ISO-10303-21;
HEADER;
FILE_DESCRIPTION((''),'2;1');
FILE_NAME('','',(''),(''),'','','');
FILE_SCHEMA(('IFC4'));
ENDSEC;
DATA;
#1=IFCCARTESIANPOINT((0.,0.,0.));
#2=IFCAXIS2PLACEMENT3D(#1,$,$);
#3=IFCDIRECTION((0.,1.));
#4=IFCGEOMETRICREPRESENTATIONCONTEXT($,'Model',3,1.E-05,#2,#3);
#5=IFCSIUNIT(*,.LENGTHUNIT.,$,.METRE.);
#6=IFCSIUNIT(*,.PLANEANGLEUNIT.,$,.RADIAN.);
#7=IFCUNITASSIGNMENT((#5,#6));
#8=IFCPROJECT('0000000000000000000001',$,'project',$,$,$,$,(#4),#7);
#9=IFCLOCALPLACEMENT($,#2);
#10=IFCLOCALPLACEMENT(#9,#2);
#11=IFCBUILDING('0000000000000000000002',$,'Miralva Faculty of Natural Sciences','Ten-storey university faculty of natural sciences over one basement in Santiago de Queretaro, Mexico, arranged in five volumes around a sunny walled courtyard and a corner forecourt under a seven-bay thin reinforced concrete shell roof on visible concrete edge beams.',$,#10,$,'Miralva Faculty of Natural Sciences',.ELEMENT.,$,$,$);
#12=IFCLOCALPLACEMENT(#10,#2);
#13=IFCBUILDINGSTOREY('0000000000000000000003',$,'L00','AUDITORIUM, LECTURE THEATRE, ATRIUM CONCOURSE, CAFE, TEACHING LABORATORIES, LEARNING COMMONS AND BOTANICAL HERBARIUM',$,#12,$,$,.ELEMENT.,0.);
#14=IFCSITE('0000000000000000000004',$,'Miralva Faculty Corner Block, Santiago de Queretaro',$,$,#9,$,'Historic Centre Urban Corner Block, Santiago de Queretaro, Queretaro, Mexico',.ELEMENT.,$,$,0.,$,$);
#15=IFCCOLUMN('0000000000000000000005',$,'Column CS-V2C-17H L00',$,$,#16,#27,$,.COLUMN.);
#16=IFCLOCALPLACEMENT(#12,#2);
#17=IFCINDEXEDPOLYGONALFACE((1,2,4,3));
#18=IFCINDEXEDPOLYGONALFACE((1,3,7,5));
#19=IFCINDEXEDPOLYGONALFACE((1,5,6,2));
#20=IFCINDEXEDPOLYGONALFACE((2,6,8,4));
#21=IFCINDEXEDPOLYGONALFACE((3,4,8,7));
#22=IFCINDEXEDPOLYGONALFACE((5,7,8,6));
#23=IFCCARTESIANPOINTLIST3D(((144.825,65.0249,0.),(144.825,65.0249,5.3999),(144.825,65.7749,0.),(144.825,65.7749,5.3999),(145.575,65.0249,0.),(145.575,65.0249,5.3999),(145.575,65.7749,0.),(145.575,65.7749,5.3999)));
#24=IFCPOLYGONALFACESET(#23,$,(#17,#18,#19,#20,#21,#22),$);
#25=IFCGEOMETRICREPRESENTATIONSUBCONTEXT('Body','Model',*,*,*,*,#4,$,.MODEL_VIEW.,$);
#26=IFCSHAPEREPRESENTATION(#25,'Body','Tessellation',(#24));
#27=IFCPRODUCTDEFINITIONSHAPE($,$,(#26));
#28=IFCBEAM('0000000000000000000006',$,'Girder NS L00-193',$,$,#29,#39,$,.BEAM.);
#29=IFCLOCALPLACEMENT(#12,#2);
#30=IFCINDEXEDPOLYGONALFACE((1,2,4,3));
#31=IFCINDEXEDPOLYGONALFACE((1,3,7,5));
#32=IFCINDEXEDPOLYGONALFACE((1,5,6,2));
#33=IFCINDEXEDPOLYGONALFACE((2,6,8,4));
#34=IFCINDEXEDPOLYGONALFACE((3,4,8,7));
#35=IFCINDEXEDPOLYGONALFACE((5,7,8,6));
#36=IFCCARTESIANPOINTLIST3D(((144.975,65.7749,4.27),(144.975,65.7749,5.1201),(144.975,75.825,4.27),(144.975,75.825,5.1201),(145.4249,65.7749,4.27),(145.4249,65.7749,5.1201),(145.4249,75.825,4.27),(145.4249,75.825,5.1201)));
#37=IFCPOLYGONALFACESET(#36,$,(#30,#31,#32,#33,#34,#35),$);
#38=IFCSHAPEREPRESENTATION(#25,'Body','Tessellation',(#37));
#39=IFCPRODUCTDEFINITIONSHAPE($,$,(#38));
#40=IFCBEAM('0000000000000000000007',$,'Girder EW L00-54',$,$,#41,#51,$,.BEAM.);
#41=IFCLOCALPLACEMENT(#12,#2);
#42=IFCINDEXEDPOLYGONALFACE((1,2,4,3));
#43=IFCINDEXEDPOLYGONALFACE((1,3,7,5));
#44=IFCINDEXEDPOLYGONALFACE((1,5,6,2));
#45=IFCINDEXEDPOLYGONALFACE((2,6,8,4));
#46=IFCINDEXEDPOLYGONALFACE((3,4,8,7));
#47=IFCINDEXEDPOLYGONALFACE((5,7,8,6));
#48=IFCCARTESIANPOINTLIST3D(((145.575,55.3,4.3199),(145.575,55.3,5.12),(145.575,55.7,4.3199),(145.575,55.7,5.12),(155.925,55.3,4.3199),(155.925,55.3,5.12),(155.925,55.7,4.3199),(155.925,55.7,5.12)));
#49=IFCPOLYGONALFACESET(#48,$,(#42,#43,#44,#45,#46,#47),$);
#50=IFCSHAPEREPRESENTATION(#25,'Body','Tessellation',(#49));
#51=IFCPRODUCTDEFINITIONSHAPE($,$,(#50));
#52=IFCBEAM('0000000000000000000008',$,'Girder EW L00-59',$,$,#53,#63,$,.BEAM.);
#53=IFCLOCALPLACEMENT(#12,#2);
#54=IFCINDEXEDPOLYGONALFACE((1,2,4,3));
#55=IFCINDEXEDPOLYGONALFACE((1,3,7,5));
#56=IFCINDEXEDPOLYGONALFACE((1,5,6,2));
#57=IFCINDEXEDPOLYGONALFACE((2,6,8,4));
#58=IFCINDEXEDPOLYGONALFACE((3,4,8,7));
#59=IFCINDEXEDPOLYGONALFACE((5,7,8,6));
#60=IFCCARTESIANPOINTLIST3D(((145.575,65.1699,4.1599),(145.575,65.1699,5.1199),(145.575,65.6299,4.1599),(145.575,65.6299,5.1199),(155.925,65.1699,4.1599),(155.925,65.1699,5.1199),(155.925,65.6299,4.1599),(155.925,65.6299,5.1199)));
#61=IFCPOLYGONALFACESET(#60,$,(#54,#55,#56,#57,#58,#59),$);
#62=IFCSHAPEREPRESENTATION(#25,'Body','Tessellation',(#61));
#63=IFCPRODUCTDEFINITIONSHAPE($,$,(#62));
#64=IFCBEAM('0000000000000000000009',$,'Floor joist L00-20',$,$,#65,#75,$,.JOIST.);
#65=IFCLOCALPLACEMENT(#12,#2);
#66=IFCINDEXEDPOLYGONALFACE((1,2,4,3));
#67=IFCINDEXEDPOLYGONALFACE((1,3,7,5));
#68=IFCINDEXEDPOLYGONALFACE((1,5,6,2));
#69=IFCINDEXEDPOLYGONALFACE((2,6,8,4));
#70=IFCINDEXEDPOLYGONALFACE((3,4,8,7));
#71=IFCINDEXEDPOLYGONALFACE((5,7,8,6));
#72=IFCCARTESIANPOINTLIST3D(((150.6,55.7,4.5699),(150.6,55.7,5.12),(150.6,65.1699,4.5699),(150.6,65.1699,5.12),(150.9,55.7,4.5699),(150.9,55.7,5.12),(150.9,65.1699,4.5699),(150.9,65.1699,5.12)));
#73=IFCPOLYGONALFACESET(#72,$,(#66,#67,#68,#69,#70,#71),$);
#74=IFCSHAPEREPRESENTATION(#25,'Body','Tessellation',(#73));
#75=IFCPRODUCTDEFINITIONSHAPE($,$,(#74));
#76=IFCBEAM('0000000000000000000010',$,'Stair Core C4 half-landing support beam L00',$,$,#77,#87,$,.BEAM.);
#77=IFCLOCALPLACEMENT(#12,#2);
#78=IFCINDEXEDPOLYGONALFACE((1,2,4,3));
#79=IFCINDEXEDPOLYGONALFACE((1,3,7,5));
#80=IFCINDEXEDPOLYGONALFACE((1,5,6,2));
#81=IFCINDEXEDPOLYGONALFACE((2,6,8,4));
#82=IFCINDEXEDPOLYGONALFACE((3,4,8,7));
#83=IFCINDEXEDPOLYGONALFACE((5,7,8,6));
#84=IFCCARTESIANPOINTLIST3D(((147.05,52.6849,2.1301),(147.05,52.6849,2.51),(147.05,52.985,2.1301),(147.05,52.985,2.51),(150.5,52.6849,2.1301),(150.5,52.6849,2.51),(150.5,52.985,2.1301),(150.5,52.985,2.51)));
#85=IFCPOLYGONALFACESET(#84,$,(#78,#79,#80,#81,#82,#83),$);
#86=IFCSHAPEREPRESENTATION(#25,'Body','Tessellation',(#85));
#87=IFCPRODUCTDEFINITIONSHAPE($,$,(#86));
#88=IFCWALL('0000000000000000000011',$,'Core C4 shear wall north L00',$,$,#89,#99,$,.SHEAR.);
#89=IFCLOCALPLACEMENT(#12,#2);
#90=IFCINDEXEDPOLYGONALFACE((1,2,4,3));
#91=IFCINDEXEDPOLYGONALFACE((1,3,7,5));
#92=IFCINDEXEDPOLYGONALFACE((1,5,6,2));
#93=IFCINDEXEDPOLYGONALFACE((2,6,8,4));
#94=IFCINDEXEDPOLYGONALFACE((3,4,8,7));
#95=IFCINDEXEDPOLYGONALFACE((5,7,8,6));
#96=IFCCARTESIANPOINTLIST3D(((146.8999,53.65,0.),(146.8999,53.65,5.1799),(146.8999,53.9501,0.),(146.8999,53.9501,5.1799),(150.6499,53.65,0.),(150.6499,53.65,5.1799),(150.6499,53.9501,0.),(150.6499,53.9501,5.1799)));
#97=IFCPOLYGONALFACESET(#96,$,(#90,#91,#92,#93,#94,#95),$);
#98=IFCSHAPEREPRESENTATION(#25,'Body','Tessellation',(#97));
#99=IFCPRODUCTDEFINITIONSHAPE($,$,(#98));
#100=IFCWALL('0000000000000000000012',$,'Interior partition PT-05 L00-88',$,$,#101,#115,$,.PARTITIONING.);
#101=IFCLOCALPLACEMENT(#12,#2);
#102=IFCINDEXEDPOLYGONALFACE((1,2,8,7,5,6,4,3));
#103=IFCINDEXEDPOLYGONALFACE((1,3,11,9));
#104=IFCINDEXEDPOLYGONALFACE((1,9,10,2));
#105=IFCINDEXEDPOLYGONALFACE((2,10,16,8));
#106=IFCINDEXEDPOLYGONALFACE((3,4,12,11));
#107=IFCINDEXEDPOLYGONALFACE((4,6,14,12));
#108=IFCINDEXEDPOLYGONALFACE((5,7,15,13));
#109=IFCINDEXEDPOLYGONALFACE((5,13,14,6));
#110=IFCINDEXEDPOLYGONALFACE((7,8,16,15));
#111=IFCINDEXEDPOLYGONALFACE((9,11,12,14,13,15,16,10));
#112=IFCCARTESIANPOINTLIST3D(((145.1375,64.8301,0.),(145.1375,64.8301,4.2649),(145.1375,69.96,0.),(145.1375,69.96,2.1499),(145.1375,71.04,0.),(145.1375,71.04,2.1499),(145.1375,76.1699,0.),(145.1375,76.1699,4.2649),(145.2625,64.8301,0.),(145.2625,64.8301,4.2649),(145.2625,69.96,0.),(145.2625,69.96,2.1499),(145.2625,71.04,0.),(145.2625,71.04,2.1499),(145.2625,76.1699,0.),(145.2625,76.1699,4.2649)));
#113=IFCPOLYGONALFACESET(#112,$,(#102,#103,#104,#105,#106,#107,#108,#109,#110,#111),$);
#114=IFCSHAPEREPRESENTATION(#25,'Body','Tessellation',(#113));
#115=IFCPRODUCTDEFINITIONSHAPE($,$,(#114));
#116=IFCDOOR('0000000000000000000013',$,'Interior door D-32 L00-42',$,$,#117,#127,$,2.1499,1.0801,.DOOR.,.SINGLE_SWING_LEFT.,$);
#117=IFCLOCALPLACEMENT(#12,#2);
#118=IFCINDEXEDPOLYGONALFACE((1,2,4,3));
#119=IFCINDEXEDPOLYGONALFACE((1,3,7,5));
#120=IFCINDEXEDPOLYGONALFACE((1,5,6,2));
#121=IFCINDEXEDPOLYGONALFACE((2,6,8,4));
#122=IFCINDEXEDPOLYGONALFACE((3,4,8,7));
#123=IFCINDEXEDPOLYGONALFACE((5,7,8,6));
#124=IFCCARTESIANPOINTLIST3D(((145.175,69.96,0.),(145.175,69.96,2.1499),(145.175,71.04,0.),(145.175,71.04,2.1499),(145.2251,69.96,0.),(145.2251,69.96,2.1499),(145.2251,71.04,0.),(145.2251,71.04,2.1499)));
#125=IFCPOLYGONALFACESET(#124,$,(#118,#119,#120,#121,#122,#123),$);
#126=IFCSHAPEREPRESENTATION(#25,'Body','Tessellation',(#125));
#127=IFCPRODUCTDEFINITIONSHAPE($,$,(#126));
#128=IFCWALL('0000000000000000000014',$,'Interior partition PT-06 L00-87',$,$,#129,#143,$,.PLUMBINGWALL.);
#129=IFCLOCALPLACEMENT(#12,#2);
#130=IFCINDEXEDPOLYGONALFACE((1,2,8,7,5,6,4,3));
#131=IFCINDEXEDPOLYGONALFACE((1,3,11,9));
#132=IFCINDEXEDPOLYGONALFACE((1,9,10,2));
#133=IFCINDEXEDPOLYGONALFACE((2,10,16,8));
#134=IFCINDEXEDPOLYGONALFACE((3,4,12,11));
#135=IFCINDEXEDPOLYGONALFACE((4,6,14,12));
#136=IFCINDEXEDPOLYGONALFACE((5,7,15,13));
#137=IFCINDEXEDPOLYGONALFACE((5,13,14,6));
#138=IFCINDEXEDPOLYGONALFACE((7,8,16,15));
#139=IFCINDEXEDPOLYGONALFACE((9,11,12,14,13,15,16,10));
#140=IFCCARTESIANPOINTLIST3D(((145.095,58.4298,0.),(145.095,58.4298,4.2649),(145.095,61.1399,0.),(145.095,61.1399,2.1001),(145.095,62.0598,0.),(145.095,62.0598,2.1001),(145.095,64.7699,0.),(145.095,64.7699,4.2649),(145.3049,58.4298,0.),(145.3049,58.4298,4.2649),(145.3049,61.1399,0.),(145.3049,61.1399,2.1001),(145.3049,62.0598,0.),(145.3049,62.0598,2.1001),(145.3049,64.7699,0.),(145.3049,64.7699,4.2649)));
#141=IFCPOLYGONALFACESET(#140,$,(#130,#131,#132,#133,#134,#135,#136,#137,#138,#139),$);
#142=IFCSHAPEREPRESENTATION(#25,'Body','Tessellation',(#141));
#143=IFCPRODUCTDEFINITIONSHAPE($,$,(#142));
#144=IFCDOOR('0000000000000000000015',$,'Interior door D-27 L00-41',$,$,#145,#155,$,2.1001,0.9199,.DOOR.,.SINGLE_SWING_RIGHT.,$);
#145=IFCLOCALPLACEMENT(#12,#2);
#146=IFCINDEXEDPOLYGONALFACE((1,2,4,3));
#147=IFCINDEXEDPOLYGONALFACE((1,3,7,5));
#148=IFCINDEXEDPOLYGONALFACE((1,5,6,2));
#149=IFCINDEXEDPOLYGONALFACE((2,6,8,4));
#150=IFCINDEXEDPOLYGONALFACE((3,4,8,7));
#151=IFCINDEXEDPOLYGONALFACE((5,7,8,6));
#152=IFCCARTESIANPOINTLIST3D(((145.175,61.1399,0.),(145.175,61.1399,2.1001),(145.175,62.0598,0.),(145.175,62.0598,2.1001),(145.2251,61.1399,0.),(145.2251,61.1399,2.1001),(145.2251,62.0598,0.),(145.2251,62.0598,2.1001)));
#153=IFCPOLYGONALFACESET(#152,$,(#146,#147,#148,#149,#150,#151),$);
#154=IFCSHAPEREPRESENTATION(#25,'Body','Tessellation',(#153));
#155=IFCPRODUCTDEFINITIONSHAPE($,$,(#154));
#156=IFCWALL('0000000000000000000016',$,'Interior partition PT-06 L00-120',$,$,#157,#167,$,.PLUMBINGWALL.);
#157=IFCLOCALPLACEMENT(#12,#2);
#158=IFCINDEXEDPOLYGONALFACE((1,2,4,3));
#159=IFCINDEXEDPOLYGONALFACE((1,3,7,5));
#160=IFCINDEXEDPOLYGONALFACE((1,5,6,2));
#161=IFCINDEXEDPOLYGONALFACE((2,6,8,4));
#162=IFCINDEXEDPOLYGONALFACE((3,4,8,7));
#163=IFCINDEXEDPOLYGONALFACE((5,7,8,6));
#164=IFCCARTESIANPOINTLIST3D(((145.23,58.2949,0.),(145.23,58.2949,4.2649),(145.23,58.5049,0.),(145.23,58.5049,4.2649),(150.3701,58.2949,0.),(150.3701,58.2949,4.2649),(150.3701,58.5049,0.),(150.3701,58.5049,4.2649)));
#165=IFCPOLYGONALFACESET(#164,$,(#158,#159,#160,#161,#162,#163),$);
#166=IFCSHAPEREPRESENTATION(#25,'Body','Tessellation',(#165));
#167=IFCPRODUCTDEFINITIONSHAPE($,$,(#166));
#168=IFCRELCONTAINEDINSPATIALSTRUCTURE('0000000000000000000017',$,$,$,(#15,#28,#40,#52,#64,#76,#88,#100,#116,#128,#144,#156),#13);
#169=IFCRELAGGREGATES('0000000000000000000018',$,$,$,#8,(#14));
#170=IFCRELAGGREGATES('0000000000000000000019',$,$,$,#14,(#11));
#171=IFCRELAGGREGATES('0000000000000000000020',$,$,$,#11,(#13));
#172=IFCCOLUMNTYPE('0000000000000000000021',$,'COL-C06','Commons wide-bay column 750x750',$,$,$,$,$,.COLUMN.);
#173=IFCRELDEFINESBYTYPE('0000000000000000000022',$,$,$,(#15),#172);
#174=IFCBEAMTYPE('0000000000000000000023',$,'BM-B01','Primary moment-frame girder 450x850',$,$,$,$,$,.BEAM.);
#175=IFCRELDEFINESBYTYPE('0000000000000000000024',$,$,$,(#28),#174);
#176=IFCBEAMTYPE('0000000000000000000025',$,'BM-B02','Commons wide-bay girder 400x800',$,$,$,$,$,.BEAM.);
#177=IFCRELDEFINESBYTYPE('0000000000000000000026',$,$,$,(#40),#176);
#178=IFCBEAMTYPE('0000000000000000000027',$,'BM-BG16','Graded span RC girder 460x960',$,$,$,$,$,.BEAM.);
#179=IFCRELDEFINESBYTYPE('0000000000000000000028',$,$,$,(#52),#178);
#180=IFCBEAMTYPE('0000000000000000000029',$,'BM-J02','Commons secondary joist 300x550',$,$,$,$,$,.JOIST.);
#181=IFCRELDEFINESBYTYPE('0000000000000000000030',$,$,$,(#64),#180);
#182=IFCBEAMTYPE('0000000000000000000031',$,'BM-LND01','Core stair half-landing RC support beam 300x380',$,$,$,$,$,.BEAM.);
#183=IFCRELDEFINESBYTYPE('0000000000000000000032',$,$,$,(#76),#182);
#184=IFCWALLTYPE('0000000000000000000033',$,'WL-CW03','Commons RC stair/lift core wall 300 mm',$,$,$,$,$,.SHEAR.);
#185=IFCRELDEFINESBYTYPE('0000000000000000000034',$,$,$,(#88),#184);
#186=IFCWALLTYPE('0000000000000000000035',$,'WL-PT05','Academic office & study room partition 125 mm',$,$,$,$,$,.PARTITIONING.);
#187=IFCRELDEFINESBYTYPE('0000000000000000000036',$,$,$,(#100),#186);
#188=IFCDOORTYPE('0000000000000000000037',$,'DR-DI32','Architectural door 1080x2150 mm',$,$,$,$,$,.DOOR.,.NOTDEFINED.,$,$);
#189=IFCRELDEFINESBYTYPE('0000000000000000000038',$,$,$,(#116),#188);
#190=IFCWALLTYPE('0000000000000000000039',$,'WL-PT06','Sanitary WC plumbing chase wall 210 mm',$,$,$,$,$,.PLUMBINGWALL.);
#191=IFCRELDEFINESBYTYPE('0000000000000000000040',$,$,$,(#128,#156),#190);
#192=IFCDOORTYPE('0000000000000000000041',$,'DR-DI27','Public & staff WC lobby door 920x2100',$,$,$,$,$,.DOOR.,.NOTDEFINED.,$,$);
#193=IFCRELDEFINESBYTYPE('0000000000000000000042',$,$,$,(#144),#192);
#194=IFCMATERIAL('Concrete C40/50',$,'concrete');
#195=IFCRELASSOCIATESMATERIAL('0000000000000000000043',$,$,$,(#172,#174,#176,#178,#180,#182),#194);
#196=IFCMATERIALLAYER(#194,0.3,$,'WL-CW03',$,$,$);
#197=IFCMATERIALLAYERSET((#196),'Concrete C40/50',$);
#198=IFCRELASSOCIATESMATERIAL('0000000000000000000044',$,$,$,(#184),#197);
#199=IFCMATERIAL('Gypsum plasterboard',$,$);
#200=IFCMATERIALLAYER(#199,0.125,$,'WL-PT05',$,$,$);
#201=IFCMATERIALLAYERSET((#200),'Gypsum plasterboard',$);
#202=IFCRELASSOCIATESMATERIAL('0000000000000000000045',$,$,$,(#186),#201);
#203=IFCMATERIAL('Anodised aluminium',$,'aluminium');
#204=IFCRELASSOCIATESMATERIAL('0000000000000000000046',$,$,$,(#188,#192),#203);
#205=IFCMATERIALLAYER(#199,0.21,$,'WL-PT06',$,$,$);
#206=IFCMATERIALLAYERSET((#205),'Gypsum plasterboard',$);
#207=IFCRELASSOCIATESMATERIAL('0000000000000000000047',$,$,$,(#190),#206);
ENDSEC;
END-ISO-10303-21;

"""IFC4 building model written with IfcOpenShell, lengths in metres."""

from ifc_helpers import new_model, si_unit, direction, frame, frame_2d, origin, origin_2d, place, context, subcontext, project, spatial, rectangle, extrude, material, layer, layer_set, material_profile, profile_set, type_object, element, fill, save


model = new_model("IFC4")

# Units and contexts
model_context = context("Model", 3, precision=1e-05, world=origin(), true_north=direction((0.0, 1.0)))
body_context = subcontext(model_context, "Body", "Model", "MODEL_VIEW")
ifc_project = project(units=[si_unit("LENGTHUNIT", "METRE"), si_unit("PLANEANGLEUNIT", "RADIAN")], contexts=[model_context])

# Site, building, storey
site_placement = place(None, origin())
site = spatial("IfcSite", under=ifc_project, at=site_placement, Name="Miralva Faculty Corner Block, Santiago de Queretaro", LongName="Historic Centre Urban Corner Block, Santiago de Queretaro, Queretaro, Mexico", CompositionType="ELEMENT", RefElevation=0.0)
building_placement = place(site_placement, origin())
building = spatial("IfcBuilding", under=site, at=building_placement, Name="Miralva Faculty of Natural Sciences", Description="Ten-storey university faculty of natural sciences over one basement in Santiago de Queretaro, Mexico, arranged in five volumes around a sunny walled courtyard and a corner forecourt under a seven-bay thin reinforced concrete shell roof on visible concrete edge beams.", LongName="Miralva Faculty of Natural Sciences", CompositionType="ELEMENT")
storey_placement = place(building_placement, origin())
storey = spatial("IfcBuildingStorey", under=building, at=storey_placement, Name="L00", Description="AUDITORIUM, LECTURE THEATRE, ATRIUM CONCOURSE, CAFE, TEACHING LABORATORIES, LEARNING COMMONS AND BOTANICAL HERBARIUM", CompositionType="ELEMENT", Elevation=0.0)

# Column
ifc_material_1 = material(Name="Concrete C40/50", Category="concrete")
ifc_material_profile_1 = material_profile(ifc_material_1, rectangle(XDim=0.75, YDim=0.75, at=origin_2d()), Name="RC 750x750")
ifc_profile_set_1 = profile_set([ifc_material_profile_1], Name="Concrete C40/50")
column_type = type_object("IfcColumnType", Name="COL-C06", Description="Commons wide-bay column 750x750", PredefinedType="COLUMN", material=ifc_profile_set_1)
column_placement = place(storey_placement, frame((145.2, 65.3999, 0.0), z_axis=(0.0, 0.0, 1.0), x_axis=(1.0, 0.0, 0.0)))
element("IfcColumn", 1, at=column_placement, inside=storey, type_object=column_type, Name="Column CS-V2C-17H L00", PredefinedType="COLUMN", context=body_context, shape_type="SweptSolid", body=[
    extrude(rectangle(XDim=0.75, YDim=0.75, at=origin_2d()), origin(), (0.0, 0.0, 1.0), 5.3999),
])

# Beams
ifc_material_profile_2 = material_profile(ifc_material_1, rectangle(XDim=0.45, YDim=0.8501, at=origin_2d()), Name="RC 450x850")
ifc_profile_set_2 = profile_set([ifc_material_profile_2], Name="Concrete C40/50")
beam_type_1 = type_object("IfcBeamType", Name="BM-B01", Description="Primary moment-frame girder 450x850", PredefinedType="BEAM", material=ifc_profile_set_2)
beam_1_placement = place(storey_placement, frame((145.2, 65.7749, 4.6951), z_axis=(0.0, 1.0, 0.0), x_axis=(-1.0, 0.0, 0.0)))
element("IfcBeam", 2, at=beam_1_placement, inside=storey, type_object=beam_type_1, Name="Girder NS L00-193", PredefinedType="BEAM", context=body_context, shape_type="SweptSolid", body=[
    extrude(rectangle(XDim=0.45, YDim=0.8501, at=origin_2d()), origin(), (0.0, 0.0, 1.0), 10.05),
])
ifc_material_profile_3 = material_profile(ifc_material_1, rectangle(XDim=0.3999, YDim=0.8, at=origin_2d()), Name="RC 400x800")
ifc_profile_set_3 = profile_set([ifc_material_profile_3], Name="Concrete C40/50")
beam_type_2 = type_object("IfcBeamType", Name="BM-B02", Description="Commons wide-bay girder 400x800", PredefinedType="BEAM", material=ifc_profile_set_3)
beam_2_placement = place(storey_placement, frame((145.575, 55.5, 4.72), z_axis=(1.0, 0.0, 0.0), x_axis=(0.0, 1.0, 0.0)))
element("IfcBeam", 3, at=beam_2_placement, inside=storey, type_object=beam_type_2, Name="Girder EW L00-54", PredefinedType="BEAM", context=body_context, shape_type="SweptSolid", body=[
    extrude(rectangle(XDim=0.3999, YDim=0.8, at=origin_2d()), origin(), (0.0, 0.0, 1.0), 10.3501),
])
ifc_material_profile_4 = material_profile(ifc_material_1, rectangle(XDim=0.46, YDim=0.96, at=origin_2d()), Name="RC 460x960")
ifc_profile_set_4 = profile_set([ifc_material_profile_4], Name="Concrete C40/50")
beam_type_3 = type_object("IfcBeamType", Name="BM-BG16", Description="Graded span RC girder 460x960", PredefinedType="BEAM", material=ifc_profile_set_4)
beam_3_placement = place(storey_placement, frame((145.575, 65.3999, 4.6399), z_axis=(1.0, 0.0, 0.0), x_axis=(0.0, 1.0, 0.0)))
element("IfcBeam", 4, at=beam_3_placement, inside=storey, type_object=beam_type_3, Name="Girder EW L00-59", PredefinedType="BEAM", context=body_context, shape_type="SweptSolid", body=[
    extrude(rectangle(XDim=0.46, YDim=0.96, at=origin_2d()), origin(), (0.0, 0.0, 1.0), 10.3501),
])
ifc_material_profile_5 = material_profile(ifc_material_1, rectangle(XDim=0.3, YDim=0.55, at=origin_2d()), Name="RC 300x550")
ifc_profile_set_5 = profile_set([ifc_material_profile_5], Name="Concrete C40/50")
beam_type_4 = type_object("IfcBeamType", Name="BM-J02", Description="Commons secondary joist 300x550", PredefinedType="JOIST", material=ifc_profile_set_5)
beam_4_placement = place(storey_placement, frame((150.75, 55.7, 4.845), z_axis=(0.0, 1.0, 0.0), x_axis=(-1.0, 0.0, 0.0)))
element("IfcBeam", 5, at=beam_4_placement, inside=storey, type_object=beam_type_4, Name="Floor joist L00-20", PredefinedType="JOIST", context=body_context, shape_type="SweptSolid", body=[
    extrude(rectangle(XDim=0.3, YDim=0.55, at=origin_2d()), origin(), (0.0, 0.0, 1.0), 9.47),
])
ifc_material_profile_6 = material_profile(ifc_material_1, rectangle(XDim=0.3, YDim=0.3799, at=origin_2d()), Name="RC 300x380")
ifc_profile_set_6 = profile_set([ifc_material_profile_6], Name="Concrete C40/50")
beam_type_5 = type_object("IfcBeamType", Name="BM-LND01", Description="Core stair half-landing RC support beam 300x380", PredefinedType="BEAM", material=ifc_profile_set_6)
beam_5_placement = place(storey_placement, frame((147.05, 52.835, 2.3201), z_axis=(1.0, 0.0, 0.0), x_axis=(0.0, 1.0, 0.0)))
element("IfcBeam", 6, at=beam_5_placement, inside=storey, type_object=beam_type_5, Name="Stair Core C4 half-landing support beam L00", PredefinedType="BEAM", context=body_context, shape_type="SweptSolid", body=[
    extrude(rectangle(XDim=0.3, YDim=0.3799, at=origin_2d()), origin(), (0.0, 0.0, 1.0), 3.45),
])

# Wall
ifc_layer_1 = layer(ifc_material_1, 0.3, Name="WL-CW03")
ifc_layer_set_1 = layer_set([ifc_layer_1], Name="Concrete C40/50")
wall_type_1 = type_object("IfcWallType", Name="WL-CW03", Description="Commons RC stair/lift core wall 300 mm", PredefinedType="SHEAR", material=ifc_layer_set_1)
wall_1_placement = place(storey_placement, frame((146.8999, 53.8, 0.0), z_axis=(0.0, 0.0, 1.0), x_axis=(1.0, 0.0, 0.0)))
element("IfcWall", 7, at=wall_1_placement, inside=storey, type_object=wall_type_1, Name="Core C4 shear wall north L00", PredefinedType="SHEAR", context=body_context, shape_type="SweptSolid", body=[
    extrude(rectangle(XDim=3.75, YDim=0.3, at=frame_2d((1.875, 0.0))), origin(), (0.0, 0.0, 1.0), 5.1799),
])

# Walls, openings, doors
ifc_material_2 = material(Name="Gypsum plasterboard")
ifc_layer_2 = layer(ifc_material_2, 0.125, Name="WL-PT05")
ifc_layer_set_2 = layer_set([ifc_layer_2], Name="Gypsum plasterboard")
wall_type_2 = type_object("IfcWallType", Name="WL-PT05", Description="Academic office & study room partition 125 mm", PredefinedType="PARTITIONING", material=ifc_layer_set_2)
wall_2_placement = place(storey_placement, frame((145.2, 64.8301, 0.0), z_axis=(0.0, 0.0, 1.0), x_axis=(0.0, 1.0, 0.0)))
wall_2 = element("IfcWall", 8, at=wall_2_placement, inside=storey, type_object=wall_type_2, Name="Interior partition PT-05 L00-88", PredefinedType="PARTITIONING", context=body_context, shape_type="SweptSolid", body=[
    extrude(rectangle(XDim=11.3398, YDim=0.125, at=frame_2d((5.6699, 0.0))), origin(), (0.0, 0.0, 1.0), 4.2649),
])
opening_1_placement = place(wall_2_placement, frame((5.1299, 0.0, 0.0)))
opening_1 = element("IfcOpeningElement", 9, at=opening_1_placement, cuts=wall_2, PredefinedType="OPENING", context=body_context, shape_type="SweptSolid", body=[
    extrude(rectangle(XDim=1.0801, YDim=2.1499, at=frame_2d((0.54, 1.075))), frame((0.0, 0.0725, 0.0), z_axis=(0.0, -1.0, 0.0), x_axis=(1.0, 0.0, 0.0)), (0.0, 0.0, 1.0), 0.145),
])
ifc_material_3 = material(Name="Anodised aluminium", Category="aluminium")
door_type_1 = type_object("IfcDoorType", Name="DR-DI32", Description="Architectural door 1080x2150 mm", OperationType="NOTDEFINED", PredefinedType="DOOR", material=ifc_material_3)
door_1_placement = place(opening_1_placement, origin())
door_1 = element("IfcDoor", 10, at=door_1_placement, inside=storey, type_object=door_type_1, Name="Interior door D-32 L00-42", OperationType="SINGLE_SWING_LEFT", OverallHeight=2.1499, OverallWidth=1.0801, PredefinedType="DOOR", context=body_context, shape_type="SweptSolid", body=[
    extrude(rectangle(XDim=1.0801, YDim=2.1499, at=frame_2d((0.54, 1.075))), frame((0.0, 0.0249, 0.0), z_axis=(0.0, -1.0, 0.0), x_axis=(1.0, 0.0, 0.0)), (0.0, 0.0, 1.0), 0.05),
])
fill(opening_1, door_1)
ifc_layer_3 = layer(ifc_material_2, 0.21, Name="WL-PT06")
ifc_layer_set_3 = layer_set([ifc_layer_3], Name="Gypsum plasterboard")
wall_type_3 = type_object("IfcWallType", Name="WL-PT06", Description="Sanitary WC plumbing chase wall 210 mm", PredefinedType="PLUMBINGWALL", material=ifc_layer_set_3)
wall_3_placement = place(storey_placement, frame((145.2, 58.4299, 0.0), z_axis=(0.0, 0.0, 1.0), x_axis=(0.0, 1.0, 0.0)))
wall_3 = element("IfcWall", 11, at=wall_3_placement, inside=storey, type_object=wall_type_3, Name="Interior partition PT-06 L00-87", PredefinedType="PLUMBINGWALL", context=body_context, shape_type="SweptSolid", body=[
    extrude(rectangle(XDim=6.3401, YDim=0.21, at=frame_2d((3.1699, 0.0))), origin(), (0.0, 0.0, 1.0), 4.2649),
])
opening_2_placement = place(wall_3_placement, frame((2.71, 0.0, 0.0)))
opening_2 = element("IfcOpeningElement", 12, at=opening_2_placement, cuts=wall_3, PredefinedType="OPENING", context=body_context, shape_type="SweptSolid", body=[
    extrude(rectangle(XDim=0.9199, YDim=2.1001, at=frame_2d((0.46, 1.05))), frame((0.0, 0.115, 0.0), z_axis=(0.0, -1.0, 0.0), x_axis=(1.0, 0.0, 0.0)), (0.0, 0.0, 1.0), 0.23),
])
door_type_2 = type_object("IfcDoorType", Name="DR-DI27", Description="Public & staff WC lobby door 920x2100", OperationType="NOTDEFINED", PredefinedType="DOOR", material=ifc_material_3)
door_2_placement = place(opening_2_placement, origin())
door_2 = element("IfcDoor", 13, at=door_2_placement, inside=storey, type_object=door_type_2, Name="Interior door D-27 L00-41", OperationType="SINGLE_SWING_RIGHT", OverallHeight=2.1001, OverallWidth=0.9199, PredefinedType="DOOR", context=body_context, shape_type="SweptSolid", body=[
    extrude(rectangle(XDim=0.9199, YDim=2.1001, at=frame_2d((0.46, 1.05))), frame((0.0, 0.0249, 0.0), z_axis=(0.0, -1.0, 0.0), x_axis=(1.0, 0.0, 0.0)), (0.0, 0.0, 1.0), 0.05),
])
fill(opening_2, door_2)

# Wall
wall_4_placement = place(storey_placement, frame((145.23, 58.3999, 0.0), z_axis=(0.0, 0.0, 1.0), x_axis=(1.0, 0.0, 0.0)))
element("IfcWall", 14, at=wall_4_placement, inside=storey, type_object=wall_type_3, Name="Interior partition PT-06 L00-120", PredefinedType="PLUMBINGWALL", context=body_context, shape_type="SweptSolid", body=[
    extrude(rectangle(XDim=5.1401, YDim=0.21, at=frame_2d((2.5701, 0.0))), origin(), (0.0, 0.0, 1.0), 4.2649),
])

save(model, "model.ifc")
